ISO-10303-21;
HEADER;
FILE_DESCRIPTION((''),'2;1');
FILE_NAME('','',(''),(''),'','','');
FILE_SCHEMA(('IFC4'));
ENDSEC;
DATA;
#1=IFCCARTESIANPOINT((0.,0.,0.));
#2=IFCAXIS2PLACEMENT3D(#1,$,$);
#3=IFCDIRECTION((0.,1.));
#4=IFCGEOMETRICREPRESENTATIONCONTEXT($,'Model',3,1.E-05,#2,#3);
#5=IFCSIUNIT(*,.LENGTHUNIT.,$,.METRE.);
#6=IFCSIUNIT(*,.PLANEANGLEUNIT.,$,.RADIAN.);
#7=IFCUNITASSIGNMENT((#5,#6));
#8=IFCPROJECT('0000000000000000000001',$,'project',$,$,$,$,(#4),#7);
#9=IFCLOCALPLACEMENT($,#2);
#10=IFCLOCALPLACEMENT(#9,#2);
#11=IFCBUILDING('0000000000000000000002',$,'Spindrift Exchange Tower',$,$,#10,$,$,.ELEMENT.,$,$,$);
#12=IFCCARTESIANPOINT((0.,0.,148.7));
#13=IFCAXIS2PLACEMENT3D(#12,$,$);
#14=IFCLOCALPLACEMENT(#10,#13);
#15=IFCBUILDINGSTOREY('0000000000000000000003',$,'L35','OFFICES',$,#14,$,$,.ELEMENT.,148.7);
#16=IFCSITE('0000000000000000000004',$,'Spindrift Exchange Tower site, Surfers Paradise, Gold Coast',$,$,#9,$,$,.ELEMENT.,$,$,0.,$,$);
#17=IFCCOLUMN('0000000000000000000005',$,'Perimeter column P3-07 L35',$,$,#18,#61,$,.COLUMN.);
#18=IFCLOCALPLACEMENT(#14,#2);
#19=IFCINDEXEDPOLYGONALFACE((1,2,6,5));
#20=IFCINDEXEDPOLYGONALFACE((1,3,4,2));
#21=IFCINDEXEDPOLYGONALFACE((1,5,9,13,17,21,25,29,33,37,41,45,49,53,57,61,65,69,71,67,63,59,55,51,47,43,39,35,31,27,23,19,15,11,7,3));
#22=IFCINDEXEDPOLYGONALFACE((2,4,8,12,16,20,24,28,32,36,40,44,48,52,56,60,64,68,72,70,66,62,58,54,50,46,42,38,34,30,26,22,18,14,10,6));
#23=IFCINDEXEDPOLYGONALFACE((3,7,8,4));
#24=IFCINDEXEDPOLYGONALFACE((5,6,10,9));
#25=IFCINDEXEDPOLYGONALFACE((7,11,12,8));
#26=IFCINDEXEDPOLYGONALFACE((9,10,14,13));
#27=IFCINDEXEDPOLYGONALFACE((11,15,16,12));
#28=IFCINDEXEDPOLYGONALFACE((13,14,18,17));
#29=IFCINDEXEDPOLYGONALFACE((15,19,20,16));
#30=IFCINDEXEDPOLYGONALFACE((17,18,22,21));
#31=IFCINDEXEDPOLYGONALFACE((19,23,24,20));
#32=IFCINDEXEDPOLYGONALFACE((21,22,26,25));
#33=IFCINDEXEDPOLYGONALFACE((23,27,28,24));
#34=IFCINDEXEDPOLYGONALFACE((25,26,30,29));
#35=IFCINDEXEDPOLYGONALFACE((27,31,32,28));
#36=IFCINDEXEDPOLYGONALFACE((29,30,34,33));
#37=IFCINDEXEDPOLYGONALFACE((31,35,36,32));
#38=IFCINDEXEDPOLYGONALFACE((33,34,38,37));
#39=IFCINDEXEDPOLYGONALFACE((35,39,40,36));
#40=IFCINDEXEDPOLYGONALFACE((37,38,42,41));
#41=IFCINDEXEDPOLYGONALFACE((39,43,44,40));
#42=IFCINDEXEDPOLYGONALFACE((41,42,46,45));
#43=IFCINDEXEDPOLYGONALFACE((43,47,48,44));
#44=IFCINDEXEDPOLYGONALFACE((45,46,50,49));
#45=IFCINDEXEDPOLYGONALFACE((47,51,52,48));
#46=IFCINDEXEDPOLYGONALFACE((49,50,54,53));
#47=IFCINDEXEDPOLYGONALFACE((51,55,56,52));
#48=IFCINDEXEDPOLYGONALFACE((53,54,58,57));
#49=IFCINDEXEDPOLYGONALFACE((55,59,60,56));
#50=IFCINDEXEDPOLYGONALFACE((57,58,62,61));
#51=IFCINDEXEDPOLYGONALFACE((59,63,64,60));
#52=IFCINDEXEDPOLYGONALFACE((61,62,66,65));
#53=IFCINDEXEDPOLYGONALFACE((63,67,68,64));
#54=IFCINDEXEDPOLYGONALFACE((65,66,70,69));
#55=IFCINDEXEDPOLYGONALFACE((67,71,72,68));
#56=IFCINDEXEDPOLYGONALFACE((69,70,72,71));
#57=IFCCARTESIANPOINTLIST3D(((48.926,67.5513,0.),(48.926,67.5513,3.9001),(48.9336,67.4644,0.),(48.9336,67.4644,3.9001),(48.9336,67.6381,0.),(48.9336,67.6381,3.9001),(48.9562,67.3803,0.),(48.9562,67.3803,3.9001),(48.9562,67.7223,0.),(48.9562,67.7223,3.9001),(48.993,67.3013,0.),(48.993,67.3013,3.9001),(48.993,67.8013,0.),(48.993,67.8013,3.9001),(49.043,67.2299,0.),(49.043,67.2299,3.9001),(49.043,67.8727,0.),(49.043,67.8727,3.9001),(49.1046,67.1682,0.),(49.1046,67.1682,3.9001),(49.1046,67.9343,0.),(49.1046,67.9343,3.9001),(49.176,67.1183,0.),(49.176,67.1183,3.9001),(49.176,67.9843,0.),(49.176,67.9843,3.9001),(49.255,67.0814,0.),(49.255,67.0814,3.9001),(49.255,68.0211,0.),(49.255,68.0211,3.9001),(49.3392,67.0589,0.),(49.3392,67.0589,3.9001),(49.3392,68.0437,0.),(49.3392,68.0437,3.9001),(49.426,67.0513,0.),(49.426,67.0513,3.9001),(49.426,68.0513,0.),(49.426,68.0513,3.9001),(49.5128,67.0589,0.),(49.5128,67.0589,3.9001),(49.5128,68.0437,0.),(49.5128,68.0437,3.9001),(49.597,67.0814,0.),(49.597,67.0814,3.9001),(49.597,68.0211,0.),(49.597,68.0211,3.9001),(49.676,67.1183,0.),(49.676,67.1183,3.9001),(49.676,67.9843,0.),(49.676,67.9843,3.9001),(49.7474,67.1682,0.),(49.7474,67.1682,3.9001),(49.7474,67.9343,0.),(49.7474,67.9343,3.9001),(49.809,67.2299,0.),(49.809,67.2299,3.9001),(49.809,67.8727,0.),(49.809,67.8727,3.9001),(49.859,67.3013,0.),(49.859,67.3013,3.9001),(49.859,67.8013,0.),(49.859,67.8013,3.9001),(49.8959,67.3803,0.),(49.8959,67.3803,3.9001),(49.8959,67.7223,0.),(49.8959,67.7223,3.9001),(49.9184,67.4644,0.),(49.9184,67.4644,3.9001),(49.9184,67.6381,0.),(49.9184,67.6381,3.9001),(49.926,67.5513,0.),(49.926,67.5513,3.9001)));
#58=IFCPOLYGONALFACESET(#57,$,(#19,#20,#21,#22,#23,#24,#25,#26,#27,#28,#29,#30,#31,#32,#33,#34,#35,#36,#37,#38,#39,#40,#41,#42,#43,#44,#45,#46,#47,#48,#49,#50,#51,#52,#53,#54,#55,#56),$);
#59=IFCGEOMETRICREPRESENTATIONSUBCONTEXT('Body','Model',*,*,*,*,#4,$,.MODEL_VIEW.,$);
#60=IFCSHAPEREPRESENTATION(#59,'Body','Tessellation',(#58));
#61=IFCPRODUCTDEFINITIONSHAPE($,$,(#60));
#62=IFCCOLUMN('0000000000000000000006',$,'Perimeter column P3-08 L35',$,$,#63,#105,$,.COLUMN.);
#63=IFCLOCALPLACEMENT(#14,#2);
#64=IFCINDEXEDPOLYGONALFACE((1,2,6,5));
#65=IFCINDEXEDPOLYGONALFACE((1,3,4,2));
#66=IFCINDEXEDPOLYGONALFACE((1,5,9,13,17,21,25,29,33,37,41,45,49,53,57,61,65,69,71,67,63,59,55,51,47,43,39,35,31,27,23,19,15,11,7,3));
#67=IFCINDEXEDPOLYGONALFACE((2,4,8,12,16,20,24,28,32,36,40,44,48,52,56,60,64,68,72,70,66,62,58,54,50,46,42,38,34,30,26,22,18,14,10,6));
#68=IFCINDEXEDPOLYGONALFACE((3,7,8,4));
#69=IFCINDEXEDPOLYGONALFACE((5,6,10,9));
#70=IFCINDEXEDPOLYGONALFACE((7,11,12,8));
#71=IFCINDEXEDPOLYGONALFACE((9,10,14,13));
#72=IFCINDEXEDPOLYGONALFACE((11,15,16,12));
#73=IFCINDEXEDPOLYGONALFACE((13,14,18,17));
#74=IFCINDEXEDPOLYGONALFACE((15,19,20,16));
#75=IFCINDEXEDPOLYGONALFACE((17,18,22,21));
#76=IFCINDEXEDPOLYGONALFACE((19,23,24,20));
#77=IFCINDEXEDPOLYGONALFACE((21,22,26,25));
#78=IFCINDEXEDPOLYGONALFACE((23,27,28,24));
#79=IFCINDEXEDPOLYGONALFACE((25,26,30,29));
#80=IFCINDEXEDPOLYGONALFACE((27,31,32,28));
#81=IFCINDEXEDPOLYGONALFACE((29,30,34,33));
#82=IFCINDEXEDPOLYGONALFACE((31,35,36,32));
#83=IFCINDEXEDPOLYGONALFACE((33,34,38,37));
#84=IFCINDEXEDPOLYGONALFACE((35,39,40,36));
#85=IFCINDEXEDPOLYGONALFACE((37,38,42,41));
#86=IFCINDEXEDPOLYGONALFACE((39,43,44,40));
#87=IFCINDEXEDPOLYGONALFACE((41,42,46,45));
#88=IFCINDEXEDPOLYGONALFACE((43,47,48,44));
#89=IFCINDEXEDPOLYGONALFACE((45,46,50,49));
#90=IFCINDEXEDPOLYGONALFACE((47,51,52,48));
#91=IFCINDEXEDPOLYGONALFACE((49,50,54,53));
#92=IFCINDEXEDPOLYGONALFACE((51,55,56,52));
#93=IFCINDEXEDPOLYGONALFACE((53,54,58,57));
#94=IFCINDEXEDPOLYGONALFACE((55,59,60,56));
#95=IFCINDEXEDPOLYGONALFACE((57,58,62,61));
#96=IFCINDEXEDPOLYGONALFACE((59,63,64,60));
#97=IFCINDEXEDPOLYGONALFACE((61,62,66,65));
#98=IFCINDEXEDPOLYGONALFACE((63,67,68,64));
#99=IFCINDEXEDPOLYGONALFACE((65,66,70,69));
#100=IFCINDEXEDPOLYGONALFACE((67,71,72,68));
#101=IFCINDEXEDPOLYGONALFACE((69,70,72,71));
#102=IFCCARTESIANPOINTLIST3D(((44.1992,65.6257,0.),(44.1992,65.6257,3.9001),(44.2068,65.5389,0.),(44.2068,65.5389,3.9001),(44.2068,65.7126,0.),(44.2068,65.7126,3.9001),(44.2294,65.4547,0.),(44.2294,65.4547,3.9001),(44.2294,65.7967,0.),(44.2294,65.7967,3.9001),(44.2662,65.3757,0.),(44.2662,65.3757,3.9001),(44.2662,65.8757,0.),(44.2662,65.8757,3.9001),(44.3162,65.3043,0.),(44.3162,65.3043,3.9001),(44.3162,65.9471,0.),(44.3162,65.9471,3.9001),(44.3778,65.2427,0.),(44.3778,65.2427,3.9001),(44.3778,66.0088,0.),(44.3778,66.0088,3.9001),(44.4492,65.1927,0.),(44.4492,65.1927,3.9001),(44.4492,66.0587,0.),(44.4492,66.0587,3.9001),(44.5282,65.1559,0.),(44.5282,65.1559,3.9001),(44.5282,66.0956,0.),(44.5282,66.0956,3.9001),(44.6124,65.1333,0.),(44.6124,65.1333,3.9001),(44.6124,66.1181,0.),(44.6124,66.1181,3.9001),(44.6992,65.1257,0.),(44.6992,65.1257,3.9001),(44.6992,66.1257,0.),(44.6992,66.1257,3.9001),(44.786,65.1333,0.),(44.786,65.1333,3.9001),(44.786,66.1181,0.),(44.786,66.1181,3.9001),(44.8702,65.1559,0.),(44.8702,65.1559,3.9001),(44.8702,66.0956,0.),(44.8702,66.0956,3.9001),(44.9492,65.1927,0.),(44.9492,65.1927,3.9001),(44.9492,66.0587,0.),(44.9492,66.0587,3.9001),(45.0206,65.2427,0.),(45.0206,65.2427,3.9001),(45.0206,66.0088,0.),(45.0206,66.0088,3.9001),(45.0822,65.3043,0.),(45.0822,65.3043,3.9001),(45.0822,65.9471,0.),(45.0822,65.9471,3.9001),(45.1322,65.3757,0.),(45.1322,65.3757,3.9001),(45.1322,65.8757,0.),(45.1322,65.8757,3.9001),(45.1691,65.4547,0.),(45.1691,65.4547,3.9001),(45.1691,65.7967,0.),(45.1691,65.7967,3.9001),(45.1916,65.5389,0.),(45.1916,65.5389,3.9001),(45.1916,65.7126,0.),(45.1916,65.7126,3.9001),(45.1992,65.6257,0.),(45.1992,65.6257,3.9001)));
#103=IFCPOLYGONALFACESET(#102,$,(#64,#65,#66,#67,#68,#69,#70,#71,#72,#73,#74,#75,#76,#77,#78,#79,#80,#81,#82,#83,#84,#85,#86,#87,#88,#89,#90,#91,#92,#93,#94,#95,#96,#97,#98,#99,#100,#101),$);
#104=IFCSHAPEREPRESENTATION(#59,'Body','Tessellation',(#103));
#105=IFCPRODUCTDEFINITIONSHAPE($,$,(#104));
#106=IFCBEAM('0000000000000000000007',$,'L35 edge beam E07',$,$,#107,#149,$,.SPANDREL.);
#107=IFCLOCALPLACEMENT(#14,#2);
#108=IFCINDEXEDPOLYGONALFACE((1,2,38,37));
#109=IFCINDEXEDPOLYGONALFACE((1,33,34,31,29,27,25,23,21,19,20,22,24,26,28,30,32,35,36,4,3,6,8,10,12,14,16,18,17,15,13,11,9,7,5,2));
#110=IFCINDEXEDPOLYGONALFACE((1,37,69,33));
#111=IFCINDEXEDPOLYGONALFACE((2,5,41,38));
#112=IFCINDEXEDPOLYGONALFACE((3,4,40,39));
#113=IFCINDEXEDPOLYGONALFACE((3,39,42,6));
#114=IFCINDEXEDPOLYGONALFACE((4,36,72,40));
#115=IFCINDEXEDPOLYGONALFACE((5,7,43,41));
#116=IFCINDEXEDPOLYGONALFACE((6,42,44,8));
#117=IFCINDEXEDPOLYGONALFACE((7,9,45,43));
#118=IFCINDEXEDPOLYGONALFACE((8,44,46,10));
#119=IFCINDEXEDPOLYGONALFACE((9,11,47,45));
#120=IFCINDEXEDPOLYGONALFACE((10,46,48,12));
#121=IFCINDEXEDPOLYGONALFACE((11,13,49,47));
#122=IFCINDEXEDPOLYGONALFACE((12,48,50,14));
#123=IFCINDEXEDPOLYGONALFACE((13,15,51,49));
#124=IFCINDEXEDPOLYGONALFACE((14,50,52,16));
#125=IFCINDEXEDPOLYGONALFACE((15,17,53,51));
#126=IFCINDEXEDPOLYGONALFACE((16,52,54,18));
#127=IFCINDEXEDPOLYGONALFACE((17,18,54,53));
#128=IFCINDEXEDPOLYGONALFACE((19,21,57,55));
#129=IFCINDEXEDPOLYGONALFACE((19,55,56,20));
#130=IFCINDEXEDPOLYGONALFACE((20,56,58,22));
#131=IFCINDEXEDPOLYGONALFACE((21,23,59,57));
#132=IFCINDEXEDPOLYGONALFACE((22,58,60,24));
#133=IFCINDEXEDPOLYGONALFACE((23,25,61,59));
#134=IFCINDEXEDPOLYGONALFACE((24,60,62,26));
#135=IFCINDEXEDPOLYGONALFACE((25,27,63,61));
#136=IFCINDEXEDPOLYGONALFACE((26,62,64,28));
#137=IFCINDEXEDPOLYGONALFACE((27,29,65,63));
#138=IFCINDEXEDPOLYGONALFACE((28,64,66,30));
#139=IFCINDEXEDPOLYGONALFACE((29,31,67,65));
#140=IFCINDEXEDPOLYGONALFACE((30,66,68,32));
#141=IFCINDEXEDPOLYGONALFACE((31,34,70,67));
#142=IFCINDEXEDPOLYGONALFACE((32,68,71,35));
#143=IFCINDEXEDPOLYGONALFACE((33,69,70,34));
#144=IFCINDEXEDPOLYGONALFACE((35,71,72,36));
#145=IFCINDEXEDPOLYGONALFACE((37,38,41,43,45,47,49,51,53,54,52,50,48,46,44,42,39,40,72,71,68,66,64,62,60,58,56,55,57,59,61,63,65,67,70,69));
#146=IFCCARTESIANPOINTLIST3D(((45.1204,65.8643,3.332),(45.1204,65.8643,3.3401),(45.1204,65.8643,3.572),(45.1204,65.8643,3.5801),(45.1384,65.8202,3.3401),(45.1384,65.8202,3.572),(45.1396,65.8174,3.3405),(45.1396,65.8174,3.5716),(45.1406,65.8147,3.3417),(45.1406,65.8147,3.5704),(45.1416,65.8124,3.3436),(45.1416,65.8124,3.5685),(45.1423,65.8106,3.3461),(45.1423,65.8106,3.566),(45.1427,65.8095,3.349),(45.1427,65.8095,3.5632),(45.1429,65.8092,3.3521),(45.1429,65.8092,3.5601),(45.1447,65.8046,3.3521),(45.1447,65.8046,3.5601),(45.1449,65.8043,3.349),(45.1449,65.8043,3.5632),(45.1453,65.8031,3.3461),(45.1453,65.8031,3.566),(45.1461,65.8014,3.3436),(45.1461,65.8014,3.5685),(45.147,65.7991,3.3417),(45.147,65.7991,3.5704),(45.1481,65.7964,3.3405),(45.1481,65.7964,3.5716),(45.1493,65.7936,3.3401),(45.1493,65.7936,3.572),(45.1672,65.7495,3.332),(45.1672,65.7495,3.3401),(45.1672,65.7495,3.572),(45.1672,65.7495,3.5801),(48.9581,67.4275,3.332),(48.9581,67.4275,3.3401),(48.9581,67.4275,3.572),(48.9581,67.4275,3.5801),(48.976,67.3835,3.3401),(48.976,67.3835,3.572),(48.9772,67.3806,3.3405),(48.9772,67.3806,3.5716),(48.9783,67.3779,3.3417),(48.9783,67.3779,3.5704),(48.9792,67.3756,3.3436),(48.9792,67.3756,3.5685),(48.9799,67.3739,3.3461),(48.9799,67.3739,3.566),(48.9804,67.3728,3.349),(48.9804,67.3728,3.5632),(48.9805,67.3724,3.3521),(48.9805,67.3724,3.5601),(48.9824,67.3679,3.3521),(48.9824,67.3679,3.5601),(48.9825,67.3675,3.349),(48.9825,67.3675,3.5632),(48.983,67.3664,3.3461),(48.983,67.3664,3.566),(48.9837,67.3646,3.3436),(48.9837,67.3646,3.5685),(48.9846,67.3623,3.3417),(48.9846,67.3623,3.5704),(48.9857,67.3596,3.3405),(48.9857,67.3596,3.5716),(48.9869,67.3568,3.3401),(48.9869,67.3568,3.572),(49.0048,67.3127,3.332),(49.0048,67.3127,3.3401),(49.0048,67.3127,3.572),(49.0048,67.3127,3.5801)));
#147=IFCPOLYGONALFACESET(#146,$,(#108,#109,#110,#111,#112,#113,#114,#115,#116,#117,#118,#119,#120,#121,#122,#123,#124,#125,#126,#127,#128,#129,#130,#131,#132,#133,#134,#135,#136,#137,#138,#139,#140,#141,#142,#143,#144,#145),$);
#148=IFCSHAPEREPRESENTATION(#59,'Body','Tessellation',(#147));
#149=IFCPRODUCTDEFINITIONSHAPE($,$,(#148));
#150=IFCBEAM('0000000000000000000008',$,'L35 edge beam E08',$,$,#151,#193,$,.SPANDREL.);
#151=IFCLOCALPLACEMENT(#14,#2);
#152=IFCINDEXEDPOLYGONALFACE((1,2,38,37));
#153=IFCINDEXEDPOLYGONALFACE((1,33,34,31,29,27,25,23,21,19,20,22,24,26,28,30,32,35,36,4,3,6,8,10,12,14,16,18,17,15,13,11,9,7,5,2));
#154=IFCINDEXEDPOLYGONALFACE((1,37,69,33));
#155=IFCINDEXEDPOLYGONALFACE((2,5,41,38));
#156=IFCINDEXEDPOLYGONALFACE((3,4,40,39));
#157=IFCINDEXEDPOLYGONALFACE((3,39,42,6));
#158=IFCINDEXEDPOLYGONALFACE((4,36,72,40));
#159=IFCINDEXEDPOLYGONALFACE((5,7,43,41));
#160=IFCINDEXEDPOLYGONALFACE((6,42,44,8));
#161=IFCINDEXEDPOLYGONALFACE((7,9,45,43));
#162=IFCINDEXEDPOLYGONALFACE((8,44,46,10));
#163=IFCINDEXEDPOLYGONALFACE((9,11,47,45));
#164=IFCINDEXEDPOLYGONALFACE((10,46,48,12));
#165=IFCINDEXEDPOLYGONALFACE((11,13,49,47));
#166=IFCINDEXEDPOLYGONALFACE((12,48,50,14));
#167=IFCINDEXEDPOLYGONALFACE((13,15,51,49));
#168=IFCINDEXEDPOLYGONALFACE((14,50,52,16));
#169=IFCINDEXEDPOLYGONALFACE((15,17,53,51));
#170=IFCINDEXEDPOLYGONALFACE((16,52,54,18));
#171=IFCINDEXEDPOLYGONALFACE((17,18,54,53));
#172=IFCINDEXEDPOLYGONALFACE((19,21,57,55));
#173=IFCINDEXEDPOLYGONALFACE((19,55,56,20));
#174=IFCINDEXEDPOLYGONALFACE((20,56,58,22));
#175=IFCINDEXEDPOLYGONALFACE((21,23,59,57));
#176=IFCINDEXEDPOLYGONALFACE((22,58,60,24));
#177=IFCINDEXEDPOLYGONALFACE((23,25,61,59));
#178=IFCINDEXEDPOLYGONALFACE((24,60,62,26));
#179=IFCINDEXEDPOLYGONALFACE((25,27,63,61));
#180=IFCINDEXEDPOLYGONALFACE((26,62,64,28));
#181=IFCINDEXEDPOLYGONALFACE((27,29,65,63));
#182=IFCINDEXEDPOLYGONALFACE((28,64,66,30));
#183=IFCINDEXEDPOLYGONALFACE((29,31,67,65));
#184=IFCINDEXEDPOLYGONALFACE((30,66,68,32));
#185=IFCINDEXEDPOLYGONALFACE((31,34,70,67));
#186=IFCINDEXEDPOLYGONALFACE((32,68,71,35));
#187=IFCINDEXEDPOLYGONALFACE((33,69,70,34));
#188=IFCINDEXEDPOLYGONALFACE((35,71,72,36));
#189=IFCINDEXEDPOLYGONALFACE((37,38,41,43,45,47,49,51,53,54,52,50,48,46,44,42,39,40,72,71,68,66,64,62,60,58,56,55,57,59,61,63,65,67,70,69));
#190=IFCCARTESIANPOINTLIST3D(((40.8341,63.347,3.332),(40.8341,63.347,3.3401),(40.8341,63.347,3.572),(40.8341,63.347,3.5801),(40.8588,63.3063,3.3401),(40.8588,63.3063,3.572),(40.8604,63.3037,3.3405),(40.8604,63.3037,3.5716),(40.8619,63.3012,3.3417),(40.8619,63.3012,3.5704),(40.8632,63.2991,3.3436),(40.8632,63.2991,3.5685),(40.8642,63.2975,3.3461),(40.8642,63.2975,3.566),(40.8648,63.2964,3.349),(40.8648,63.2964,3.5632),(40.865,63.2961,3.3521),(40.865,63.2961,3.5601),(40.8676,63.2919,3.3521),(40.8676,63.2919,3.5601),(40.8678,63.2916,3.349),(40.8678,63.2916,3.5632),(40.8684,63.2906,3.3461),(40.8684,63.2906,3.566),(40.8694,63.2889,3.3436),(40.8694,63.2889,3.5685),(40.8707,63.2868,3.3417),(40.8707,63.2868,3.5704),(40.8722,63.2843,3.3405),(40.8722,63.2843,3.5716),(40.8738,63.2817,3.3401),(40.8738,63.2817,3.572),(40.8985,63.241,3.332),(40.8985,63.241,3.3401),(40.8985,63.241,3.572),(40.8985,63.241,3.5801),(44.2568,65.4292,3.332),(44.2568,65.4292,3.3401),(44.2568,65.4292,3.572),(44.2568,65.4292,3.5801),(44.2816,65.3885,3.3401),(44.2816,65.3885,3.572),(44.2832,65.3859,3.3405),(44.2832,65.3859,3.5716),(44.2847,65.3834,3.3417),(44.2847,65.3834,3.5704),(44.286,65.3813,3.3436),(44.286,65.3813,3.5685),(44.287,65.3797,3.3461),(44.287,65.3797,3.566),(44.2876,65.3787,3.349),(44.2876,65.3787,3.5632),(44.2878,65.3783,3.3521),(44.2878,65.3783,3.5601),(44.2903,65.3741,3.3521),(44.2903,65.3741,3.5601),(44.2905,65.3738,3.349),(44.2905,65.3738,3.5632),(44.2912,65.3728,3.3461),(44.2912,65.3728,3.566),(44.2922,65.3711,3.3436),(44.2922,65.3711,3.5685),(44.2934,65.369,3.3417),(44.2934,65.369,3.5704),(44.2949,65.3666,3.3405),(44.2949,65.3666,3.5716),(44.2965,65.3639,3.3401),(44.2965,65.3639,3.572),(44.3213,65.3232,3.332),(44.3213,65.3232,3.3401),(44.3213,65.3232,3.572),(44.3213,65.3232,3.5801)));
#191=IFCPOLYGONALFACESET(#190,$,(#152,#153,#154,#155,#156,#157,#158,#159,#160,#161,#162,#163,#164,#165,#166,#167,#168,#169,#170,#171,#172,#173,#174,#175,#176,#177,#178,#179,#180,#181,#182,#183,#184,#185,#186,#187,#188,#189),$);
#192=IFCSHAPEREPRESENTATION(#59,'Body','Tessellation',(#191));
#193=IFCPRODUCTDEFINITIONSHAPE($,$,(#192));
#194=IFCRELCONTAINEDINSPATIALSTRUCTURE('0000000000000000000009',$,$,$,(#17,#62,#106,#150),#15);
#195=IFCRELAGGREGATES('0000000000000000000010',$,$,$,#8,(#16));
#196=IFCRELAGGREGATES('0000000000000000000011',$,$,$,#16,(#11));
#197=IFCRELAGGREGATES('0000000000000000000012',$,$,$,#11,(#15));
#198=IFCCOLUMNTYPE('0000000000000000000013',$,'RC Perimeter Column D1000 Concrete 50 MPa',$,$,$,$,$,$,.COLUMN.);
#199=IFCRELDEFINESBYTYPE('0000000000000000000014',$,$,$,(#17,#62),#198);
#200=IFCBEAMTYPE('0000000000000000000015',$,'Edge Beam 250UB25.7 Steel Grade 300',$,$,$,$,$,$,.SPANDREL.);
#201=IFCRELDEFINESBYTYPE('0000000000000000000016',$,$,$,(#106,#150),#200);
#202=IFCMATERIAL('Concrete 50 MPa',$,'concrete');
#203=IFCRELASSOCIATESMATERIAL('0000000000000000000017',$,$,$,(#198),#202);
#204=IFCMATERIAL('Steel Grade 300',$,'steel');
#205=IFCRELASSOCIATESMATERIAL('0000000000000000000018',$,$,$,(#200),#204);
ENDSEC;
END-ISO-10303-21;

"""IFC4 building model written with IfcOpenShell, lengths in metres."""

from ifc_helpers import new_model, si_unit, direction, frame, origin, origin_2d, place, context, subcontext, project, spatial, circle, i_section, extrude, source, transform, mapped, material, material_profile, profile_set, type_object, element, save


model = new_model("IFC4")

# Units and contexts
model_context = context("Model", 3, precision=1e-05, world=origin(), true_north=direction((0.0, 1.0)))
body_context = subcontext(model_context, "Body", "Model", "MODEL_VIEW")
ifc_project = project(units=[si_unit("LENGTHUNIT", "METRE"), si_unit("PLANEANGLEUNIT", "RADIAN")], contexts=[model_context])

# Site, building, storey
site_placement = place(None, origin())
site = spatial("IfcSite", under=ifc_project, at=site_placement, Name="Spindrift Exchange Tower site, Surfers Paradise, Gold Coast", CompositionType="ELEMENT", RefElevation=0.0)
building_placement = place(site_placement, origin())
building = spatial("IfcBuilding", under=site, at=building_placement, Name="Spindrift Exchange Tower", CompositionType="ELEMENT")
storey_placement = place(building_placement, frame((0.0, 0.0, 148.7)))
storey = spatial("IfcBuildingStorey", under=building, at=storey_placement, Name="L35", Description="OFFICES", CompositionType="ELEMENT", Elevation=148.7)

# Columns
ifc_material_1 = material(Name="Concrete 50 MPa", Category="concrete")
ifc_material_profile_1 = material_profile(ifc_material_1, circle(Radius=0.5, at=origin_2d()), Name="RC D1000")
ifc_profile_set_1 = profile_set([ifc_material_profile_1], Name="Concrete 50 MPa")
column_type = type_object("IfcColumnType", Name="RC Perimeter Column D1000 Concrete 50 MPa", PredefinedType="COLUMN", material=ifc_profile_set_1)
shared_shape_1 = source(origin(), body_context, "Body", "SweptSolid", [
    extrude(circle(Radius=0.5, at=origin_2d()), origin(), (0.0, 0.0, 1.0), 3.9001),
])
for number, where, z_axis, x_axis, name in (
    (1, (49.426, 67.5513, 0.0), (0.0, 0.0, 1.0), (1.0, 0.0, 0.0), "Perimeter column P3-07 L35"),
    (2, (44.6992, 65.6257, 0.0), (0.0, 0.0, 1.0), (1.0, 0.0, 0.0), "Perimeter column P3-08 L35"),
):
    element("IfcColumn", number, at=place(storey_placement, frame(where, z_axis=z_axis, x_axis=x_axis)), inside=storey, type_object=column_type, Name=name, PredefinedType="COLUMN", context=body_context, shape_type="MappedRepresentation", body=[
        mapped(shared_shape_1, transform((0.0, 0.0, 0.0), scale=1.0)),
    ])

# Beams
ifc_material_2 = material(Name="Steel Grade 300", Category="steel")
ifc_material_profile_2 = material_profile(ifc_material_2, i_section(OverallWidth=0.124, OverallDepth=0.248, WebThickness=0.0049, FlangeThickness=0.0081, FilletRadius=0.012, at=origin_2d()), Name="250UB25.7")
ifc_profile_set_2 = profile_set([ifc_material_profile_2], Name="Steel Grade 300")
beam_type_1 = type_object("IfcBeamType", Name="Edge Beam 250UB25.7 Steel Grade 300", PredefinedType="SPANDREL", material=ifc_profile_set_2)
shared_shape_2 = source(origin(), body_context, "Body", "SweptSolid", [
    extrude(i_section(OverallWidth=0.124, OverallDepth=0.248, WebThickness=0.0049, FlangeThickness=0.0081, FilletRadius=0.012, at=origin_2d()), origin(), (0.0, 0.0, 1.0), 4.1438),
])
beam_1_placement = place(storey_placement, frame((48.9814, 67.3701, 3.4561), z_axis=(-0.926114, -0.377244, 0.0), x_axis=(0.377244, -0.926114, 0.0)))
element("IfcBeam", 3, at=beam_1_placement, inside=storey, type_object=beam_type_1, Name="L35 edge beam E07", PredefinedType="SPANDREL", context=body_context, shape_type="MappedRepresentation", body=[
    mapped(shared_shape_2, transform((0.0, 0.0, 0.0), scale=1.0)),
])
shared_shape_3 = source(origin(), body_context, "Body", "SweptSolid", [
    extrude(i_section(OverallWidth=0.124, OverallDepth=0.248, WebThickness=0.0049, FlangeThickness=0.0081, FilletRadius=0.012, at=origin_2d()), origin(), (0.0, 0.0, 1.0), 4.0063),
])
beam_2_placement = place(storey_placement, frame((44.2891, 65.3762, 3.4561), z_axis=(-0.854331, -0.519728, 0.0), x_axis=(0.519728, -0.854331, 0.0)))
element("IfcBeam", 4, at=beam_2_placement, inside=storey, type_object=beam_type_1, Name="L35 edge beam E08", PredefinedType="SPANDREL", context=body_context, shape_type="MappedRepresentation", body=[
    mapped(shared_shape_3, transform((0.0, 0.0, 0.0), scale=1.0)),
])

save(model, "model.ifc")
